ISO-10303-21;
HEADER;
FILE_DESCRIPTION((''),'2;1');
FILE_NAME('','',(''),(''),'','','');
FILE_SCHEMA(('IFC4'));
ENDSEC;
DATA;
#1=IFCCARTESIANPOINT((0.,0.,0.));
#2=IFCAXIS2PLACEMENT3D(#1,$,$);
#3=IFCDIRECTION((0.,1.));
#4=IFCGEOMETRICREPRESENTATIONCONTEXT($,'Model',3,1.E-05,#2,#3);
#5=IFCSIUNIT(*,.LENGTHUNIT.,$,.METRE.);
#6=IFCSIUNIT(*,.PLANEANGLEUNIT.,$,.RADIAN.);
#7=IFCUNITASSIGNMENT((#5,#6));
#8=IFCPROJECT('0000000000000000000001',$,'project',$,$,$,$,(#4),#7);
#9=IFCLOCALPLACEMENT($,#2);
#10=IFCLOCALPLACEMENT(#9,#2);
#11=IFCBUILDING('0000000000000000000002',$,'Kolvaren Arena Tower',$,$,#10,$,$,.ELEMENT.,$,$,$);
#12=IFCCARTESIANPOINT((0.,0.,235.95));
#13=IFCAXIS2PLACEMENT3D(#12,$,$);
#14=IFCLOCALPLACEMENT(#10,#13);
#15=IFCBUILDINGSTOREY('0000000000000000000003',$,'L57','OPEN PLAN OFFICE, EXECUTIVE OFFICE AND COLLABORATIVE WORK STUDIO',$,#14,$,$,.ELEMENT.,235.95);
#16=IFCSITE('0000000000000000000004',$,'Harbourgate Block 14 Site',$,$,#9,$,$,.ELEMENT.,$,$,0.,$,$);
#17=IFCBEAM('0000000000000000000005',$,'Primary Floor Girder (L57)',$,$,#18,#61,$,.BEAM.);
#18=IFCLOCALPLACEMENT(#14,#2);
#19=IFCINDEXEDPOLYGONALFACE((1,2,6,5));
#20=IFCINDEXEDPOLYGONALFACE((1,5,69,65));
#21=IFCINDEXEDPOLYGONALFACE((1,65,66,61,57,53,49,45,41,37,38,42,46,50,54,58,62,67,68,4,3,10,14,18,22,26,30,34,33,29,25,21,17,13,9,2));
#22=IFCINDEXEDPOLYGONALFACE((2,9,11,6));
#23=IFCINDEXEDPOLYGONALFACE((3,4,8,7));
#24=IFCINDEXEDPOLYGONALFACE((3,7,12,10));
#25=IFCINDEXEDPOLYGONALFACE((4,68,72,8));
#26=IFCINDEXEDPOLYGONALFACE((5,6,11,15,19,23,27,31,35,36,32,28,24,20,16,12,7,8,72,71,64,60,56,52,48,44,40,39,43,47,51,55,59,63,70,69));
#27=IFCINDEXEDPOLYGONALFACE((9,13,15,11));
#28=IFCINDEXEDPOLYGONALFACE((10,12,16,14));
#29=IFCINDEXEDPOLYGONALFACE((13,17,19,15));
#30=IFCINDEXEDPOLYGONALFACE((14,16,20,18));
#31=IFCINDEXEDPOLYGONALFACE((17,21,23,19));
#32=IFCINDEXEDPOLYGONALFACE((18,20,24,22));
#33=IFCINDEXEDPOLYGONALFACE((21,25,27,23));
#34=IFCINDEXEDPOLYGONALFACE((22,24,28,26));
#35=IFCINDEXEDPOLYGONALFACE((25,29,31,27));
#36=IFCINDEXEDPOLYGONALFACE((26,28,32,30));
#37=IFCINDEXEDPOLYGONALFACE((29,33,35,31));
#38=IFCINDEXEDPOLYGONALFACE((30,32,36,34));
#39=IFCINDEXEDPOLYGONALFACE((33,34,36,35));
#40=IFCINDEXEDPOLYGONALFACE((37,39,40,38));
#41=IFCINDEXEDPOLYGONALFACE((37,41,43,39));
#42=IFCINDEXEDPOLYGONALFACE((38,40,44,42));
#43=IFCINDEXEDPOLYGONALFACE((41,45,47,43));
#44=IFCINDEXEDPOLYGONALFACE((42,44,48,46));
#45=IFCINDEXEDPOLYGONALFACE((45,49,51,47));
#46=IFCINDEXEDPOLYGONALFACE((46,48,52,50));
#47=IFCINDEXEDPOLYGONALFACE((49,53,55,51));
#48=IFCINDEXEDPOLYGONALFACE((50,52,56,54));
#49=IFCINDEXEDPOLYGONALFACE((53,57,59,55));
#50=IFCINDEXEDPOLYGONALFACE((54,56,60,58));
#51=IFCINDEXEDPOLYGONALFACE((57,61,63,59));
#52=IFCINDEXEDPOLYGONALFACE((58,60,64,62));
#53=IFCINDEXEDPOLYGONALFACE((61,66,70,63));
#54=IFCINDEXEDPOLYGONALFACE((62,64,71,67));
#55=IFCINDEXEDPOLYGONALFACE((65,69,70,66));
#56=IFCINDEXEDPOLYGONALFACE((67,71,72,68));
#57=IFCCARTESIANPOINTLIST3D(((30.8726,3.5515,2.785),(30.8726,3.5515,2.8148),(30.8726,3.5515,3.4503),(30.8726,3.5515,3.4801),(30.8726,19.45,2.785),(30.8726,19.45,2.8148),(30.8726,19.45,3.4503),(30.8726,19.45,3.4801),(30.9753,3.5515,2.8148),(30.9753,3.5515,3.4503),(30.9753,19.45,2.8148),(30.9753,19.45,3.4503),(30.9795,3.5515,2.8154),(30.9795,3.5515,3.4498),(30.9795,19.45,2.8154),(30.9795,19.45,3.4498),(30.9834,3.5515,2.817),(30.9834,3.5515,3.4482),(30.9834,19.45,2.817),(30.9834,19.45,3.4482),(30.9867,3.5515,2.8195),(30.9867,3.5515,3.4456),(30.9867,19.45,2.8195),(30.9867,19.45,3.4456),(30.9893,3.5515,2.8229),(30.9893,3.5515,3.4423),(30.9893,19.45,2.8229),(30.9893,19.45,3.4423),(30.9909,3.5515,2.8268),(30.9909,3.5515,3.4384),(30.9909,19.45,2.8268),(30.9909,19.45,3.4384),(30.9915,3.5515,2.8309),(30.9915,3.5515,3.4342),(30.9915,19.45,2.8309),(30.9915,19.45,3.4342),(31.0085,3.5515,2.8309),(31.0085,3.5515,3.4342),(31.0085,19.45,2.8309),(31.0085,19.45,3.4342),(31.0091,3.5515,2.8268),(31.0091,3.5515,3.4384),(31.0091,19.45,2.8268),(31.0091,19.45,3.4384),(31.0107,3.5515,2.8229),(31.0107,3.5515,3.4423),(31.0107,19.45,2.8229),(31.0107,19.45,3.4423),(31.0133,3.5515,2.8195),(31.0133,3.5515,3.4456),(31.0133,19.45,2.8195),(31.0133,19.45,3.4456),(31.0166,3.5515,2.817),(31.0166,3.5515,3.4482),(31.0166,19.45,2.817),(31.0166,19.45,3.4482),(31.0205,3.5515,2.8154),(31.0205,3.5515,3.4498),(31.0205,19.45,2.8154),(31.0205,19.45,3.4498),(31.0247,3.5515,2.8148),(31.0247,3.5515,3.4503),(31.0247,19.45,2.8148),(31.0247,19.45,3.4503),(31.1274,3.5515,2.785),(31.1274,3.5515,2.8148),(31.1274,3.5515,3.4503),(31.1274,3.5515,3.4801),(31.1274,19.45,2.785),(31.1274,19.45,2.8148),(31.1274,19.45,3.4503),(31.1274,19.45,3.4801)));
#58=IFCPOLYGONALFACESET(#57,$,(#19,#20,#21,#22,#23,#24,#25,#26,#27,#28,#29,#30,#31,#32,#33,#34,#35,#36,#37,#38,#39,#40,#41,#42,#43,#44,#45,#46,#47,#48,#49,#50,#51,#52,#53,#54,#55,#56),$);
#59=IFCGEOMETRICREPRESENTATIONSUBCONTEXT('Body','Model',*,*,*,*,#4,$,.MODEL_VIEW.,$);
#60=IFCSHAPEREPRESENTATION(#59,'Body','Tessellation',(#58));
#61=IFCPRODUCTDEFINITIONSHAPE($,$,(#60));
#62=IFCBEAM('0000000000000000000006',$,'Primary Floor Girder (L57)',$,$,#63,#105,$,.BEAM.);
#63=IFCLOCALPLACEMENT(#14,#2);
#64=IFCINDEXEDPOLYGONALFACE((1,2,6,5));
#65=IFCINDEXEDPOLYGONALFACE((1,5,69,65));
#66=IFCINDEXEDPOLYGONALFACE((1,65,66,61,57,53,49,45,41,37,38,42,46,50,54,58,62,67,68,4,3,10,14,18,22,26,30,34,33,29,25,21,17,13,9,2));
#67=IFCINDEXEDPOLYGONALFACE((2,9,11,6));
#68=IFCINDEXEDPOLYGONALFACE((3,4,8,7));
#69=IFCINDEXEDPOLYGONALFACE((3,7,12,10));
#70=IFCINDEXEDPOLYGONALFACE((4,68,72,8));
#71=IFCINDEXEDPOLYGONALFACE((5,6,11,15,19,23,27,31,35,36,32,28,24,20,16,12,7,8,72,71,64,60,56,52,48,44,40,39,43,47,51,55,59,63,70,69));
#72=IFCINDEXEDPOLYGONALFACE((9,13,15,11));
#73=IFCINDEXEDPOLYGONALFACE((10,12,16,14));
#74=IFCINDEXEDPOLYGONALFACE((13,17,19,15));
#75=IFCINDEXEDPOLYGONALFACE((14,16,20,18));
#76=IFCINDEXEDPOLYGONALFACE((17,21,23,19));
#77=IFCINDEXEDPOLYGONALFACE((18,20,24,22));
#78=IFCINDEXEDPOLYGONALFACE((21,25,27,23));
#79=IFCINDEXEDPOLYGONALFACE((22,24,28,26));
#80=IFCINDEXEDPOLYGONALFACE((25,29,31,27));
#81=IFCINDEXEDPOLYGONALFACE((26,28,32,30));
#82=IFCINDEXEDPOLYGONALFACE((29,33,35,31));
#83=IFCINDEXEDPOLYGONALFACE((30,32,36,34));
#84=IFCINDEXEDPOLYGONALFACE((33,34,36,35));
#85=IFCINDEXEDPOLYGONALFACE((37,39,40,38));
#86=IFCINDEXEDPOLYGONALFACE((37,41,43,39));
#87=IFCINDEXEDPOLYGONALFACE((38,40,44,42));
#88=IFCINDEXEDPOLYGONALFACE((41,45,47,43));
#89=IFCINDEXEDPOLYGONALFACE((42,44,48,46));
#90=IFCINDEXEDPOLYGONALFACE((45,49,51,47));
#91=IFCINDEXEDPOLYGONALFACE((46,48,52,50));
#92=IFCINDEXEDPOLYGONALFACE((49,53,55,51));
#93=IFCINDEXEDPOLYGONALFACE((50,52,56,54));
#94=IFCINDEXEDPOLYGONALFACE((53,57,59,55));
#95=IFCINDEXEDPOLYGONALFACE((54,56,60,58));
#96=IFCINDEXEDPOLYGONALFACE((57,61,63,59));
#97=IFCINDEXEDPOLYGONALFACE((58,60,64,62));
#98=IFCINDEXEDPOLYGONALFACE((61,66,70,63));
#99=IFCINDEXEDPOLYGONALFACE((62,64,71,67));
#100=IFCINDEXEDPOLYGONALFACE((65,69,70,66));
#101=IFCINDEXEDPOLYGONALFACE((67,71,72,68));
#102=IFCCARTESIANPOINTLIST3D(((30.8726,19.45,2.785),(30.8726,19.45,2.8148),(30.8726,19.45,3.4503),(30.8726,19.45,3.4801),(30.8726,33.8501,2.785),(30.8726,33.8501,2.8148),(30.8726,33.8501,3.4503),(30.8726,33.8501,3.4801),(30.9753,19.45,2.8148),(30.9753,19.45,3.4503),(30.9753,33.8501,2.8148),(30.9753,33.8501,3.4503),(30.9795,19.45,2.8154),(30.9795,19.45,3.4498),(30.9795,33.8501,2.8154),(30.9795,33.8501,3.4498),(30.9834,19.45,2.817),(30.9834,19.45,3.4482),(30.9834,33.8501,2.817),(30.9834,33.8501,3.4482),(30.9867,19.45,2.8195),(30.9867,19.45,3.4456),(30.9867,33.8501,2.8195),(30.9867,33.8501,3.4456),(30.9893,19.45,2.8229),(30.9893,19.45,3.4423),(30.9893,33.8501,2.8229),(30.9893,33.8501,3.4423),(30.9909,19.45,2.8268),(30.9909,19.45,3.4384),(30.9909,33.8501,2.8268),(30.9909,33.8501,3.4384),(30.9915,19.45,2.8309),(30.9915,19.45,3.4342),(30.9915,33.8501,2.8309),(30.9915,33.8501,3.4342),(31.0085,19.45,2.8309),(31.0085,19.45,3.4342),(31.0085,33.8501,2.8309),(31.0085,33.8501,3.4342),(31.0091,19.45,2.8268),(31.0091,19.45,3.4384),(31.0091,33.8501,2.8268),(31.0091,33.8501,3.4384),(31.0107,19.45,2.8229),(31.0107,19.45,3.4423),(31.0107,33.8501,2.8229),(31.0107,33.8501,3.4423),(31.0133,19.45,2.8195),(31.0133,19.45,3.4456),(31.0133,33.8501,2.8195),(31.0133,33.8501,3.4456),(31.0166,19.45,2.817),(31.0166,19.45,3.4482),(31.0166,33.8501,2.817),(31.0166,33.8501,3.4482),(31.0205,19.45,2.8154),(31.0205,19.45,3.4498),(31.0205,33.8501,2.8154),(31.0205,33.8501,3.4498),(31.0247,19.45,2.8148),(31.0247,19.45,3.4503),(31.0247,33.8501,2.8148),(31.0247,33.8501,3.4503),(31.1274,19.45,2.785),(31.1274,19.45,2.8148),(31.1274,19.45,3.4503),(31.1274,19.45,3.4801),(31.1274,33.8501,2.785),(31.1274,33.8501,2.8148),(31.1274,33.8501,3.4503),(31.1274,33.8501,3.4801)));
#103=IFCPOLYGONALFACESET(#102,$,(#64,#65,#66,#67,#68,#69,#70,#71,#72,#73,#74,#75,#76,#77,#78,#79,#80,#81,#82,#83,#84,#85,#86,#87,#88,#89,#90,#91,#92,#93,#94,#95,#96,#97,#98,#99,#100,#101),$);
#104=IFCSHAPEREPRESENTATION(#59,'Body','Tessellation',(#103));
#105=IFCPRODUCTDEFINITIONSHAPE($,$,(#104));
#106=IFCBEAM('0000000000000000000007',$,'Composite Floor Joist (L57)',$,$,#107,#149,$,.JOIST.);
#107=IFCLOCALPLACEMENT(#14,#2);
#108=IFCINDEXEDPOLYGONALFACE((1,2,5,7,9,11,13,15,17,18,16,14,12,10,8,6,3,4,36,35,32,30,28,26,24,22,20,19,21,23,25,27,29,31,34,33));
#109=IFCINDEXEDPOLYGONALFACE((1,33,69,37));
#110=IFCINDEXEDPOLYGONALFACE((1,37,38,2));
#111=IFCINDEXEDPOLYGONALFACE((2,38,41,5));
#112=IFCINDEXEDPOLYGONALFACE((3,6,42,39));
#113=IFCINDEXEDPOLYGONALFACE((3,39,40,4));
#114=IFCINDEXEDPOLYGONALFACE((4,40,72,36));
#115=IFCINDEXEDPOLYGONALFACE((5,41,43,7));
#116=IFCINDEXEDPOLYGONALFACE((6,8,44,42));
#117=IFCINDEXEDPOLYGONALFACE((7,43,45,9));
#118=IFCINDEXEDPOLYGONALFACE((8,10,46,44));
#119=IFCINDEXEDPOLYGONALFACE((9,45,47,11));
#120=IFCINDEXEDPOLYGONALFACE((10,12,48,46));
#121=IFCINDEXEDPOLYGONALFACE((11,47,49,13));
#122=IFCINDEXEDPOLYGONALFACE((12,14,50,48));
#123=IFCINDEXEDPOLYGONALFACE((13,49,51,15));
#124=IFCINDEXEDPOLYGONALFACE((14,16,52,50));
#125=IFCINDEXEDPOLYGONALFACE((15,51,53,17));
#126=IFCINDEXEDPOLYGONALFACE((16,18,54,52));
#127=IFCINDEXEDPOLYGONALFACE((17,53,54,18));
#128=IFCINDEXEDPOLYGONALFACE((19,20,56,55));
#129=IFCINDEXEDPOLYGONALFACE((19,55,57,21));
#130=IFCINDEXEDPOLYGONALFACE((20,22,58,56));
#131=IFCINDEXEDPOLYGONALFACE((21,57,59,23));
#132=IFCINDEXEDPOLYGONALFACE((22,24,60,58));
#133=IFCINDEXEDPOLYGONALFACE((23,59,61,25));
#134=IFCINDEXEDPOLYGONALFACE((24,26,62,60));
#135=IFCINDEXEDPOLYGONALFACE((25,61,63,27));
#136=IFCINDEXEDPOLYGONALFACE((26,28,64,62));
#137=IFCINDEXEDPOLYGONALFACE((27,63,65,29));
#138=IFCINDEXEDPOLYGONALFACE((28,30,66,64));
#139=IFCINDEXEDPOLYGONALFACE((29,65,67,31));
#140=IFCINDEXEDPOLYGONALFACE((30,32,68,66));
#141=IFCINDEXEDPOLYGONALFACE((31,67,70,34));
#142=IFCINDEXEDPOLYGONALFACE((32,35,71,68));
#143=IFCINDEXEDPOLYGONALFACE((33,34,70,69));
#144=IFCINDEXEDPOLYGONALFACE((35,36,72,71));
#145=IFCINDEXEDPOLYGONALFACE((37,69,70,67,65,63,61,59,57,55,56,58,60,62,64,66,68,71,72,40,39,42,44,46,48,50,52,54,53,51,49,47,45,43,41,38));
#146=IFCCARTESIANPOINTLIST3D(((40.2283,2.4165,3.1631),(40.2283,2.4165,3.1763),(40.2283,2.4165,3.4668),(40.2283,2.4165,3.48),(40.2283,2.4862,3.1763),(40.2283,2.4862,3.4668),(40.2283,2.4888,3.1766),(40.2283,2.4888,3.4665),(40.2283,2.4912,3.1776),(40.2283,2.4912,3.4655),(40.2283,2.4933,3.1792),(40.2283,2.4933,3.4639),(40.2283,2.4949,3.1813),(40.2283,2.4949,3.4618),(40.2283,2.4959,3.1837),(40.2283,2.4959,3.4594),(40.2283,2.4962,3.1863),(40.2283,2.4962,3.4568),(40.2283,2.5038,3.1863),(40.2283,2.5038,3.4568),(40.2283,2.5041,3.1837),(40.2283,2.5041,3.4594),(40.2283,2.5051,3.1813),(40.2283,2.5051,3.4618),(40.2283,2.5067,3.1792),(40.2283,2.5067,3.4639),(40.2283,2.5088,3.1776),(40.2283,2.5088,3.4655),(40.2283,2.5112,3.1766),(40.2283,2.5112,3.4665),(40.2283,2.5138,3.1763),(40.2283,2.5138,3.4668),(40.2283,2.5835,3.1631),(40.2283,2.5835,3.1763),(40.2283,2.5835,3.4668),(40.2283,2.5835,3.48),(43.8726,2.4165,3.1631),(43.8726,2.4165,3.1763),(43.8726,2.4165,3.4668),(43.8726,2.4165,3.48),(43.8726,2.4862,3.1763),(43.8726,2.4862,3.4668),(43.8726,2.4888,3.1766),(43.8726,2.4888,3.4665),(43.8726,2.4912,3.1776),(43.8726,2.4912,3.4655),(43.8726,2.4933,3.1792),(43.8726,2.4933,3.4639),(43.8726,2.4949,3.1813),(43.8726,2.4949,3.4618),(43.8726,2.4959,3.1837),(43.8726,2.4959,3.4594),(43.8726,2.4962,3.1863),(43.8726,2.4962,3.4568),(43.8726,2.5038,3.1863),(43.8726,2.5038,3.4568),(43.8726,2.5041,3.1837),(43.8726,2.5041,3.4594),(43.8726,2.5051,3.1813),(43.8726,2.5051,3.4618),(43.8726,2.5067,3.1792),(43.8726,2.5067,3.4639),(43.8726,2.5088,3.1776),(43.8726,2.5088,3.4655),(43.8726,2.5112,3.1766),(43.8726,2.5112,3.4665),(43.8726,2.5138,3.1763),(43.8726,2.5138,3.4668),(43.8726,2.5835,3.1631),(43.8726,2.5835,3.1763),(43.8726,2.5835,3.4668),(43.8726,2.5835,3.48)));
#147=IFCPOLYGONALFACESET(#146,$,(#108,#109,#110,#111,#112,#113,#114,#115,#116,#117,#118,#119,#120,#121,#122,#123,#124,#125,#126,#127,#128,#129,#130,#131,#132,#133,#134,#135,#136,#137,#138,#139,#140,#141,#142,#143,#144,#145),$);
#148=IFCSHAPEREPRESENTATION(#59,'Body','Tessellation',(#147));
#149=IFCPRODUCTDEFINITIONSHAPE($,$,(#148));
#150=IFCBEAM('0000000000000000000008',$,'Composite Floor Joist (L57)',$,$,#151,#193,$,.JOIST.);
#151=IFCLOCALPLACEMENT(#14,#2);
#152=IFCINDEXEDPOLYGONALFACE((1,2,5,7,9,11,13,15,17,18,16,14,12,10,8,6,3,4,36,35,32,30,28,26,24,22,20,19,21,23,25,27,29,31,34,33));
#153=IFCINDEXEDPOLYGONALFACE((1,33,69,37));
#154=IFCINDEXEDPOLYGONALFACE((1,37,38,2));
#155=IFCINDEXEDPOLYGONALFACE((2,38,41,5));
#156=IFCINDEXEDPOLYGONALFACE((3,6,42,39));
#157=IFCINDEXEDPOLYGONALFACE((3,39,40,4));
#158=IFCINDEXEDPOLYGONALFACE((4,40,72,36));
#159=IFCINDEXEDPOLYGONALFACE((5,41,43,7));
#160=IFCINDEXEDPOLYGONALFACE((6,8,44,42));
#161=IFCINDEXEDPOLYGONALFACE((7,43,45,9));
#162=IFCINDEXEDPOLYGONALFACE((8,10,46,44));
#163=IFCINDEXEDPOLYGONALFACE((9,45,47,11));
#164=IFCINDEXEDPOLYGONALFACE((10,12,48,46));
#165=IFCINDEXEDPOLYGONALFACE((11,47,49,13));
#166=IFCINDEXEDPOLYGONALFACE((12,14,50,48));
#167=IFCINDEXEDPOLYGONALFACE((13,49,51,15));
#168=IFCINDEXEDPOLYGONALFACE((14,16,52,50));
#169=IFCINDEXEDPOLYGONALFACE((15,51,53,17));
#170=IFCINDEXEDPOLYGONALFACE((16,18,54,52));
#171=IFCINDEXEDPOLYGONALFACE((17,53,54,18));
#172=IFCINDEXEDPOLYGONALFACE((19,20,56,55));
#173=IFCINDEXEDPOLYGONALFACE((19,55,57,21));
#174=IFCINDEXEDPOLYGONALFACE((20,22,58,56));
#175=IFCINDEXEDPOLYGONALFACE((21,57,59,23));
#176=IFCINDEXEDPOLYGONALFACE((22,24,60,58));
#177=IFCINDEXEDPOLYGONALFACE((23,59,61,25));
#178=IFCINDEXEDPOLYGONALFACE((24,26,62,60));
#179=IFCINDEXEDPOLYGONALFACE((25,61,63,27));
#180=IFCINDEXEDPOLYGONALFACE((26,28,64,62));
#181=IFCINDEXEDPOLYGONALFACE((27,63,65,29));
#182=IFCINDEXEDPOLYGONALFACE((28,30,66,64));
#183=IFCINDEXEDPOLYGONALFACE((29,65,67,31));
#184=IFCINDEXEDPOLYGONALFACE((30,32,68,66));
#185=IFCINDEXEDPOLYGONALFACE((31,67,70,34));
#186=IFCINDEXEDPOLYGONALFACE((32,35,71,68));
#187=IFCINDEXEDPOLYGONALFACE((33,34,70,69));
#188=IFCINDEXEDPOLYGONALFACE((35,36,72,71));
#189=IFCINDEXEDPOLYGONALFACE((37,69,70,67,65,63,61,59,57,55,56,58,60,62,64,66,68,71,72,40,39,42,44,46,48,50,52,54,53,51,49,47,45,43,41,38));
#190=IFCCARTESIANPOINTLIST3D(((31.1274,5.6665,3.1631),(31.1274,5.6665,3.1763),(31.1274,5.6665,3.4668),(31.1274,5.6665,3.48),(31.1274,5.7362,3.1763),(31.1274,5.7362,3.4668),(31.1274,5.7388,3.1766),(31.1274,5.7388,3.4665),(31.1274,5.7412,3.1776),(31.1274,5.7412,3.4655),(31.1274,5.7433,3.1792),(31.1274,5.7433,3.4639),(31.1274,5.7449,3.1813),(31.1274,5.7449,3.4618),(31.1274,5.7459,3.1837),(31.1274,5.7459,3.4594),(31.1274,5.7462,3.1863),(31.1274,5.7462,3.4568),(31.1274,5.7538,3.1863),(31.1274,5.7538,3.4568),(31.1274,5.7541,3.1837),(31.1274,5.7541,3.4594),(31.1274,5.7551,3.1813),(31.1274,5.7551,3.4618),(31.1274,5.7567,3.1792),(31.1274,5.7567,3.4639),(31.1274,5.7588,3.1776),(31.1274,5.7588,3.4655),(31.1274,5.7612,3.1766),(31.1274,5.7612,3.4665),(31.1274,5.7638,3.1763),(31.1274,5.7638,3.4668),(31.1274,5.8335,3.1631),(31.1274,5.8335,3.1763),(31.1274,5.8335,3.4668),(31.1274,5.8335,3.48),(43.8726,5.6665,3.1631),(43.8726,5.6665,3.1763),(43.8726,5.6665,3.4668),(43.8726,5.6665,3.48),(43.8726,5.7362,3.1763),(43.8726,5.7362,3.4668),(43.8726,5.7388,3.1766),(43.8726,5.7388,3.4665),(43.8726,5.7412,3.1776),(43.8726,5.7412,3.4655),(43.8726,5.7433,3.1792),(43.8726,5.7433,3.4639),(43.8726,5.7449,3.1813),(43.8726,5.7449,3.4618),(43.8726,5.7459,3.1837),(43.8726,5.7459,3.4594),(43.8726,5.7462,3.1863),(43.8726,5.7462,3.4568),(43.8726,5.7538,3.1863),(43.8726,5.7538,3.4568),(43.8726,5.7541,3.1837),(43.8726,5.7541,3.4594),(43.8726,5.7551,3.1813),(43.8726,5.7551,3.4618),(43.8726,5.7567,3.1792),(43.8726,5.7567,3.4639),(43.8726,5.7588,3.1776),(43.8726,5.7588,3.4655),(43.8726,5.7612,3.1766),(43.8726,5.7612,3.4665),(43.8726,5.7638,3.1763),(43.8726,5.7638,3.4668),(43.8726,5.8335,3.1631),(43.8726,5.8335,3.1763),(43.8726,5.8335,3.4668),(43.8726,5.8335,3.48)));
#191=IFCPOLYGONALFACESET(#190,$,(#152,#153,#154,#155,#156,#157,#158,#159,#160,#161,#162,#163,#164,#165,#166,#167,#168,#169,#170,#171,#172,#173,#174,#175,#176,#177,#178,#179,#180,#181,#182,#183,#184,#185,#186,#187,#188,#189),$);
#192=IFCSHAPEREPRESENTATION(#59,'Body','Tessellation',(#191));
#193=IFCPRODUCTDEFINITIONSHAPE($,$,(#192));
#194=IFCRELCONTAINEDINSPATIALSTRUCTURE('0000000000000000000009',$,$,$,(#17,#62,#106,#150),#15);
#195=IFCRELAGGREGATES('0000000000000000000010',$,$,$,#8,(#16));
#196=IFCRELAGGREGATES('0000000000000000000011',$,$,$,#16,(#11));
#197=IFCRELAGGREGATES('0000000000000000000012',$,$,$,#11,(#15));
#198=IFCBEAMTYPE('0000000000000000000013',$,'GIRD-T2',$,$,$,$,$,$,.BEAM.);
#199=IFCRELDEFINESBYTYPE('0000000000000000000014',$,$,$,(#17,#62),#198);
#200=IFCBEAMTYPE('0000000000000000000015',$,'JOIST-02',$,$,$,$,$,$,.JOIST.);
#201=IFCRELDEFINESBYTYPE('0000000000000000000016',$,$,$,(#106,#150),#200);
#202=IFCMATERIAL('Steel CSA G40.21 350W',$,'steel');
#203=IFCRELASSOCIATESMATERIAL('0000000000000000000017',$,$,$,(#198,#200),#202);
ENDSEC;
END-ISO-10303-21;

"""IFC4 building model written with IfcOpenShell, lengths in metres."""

from ifc_helpers import new_model, si_unit, direction, frame, origin, origin_2d, place, context, subcontext, project, spatial, i_section, extrude, material, material_profile, profile_set, type_object, element, save


model = new_model("IFC4")

# Units and contexts
model_context = context("Model", 3, precision=1e-05, world=origin(), true_north=direction((0.0, 1.0)))
body_context = subcontext(model_context, "Body", "Model", "MODEL_VIEW")
ifc_project = project(units=[si_unit("LENGTHUNIT", "METRE"), si_unit("PLANEANGLEUNIT", "RADIAN")], contexts=[model_context])

# Site, building, storey
site_placement = place(None, origin())
site = spatial("IfcSite", under=ifc_project, at=site_placement, Name="Harbourgate Block 14 Site", CompositionType="ELEMENT", RefElevation=0.0)
building_placement = place(site_placement, origin())
building = spatial("IfcBuilding", under=site, at=building_placement, Name="Kolvaren Arena Tower", CompositionType="ELEMENT")
storey_placement = place(building_placement, frame((0.0, 0.0, 235.95)))
storey = spatial("IfcBuildingStorey", under=building, at=storey_placement, Name="L57", Description="OPEN PLAN OFFICE, EXECUTIVE OFFICE AND COLLABORATIVE WORK STUDIO", CompositionType="ELEMENT", Elevation=235.95)

# Beams
ifc_material_1 = material(Name="Steel CSA G40.21 350W", Category="steel")
ifc_material_profile_1 = material_profile(ifc_material_1, i_section(OverallWidth=0.2549, OverallDepth=0.6951, WebThickness=0.0171, FlangeThickness=0.0298, FilletRadius=0.0161, at=origin_2d()), Name="W690x217")
ifc_profile_set_1 = profile_set([ifc_material_profile_1], Name="Steel CSA G40.21 350W")
beam_type_1 = type_object("IfcBeamType", Name="GIRD-T2", PredefinedType="BEAM", material=ifc_profile_set_1)
beam_1_placement = place(storey_placement, frame((31.0, 3.5515, 3.1326), z_axis=(0.0, 1.0, 0.0), x_axis=(-1.0, 0.0, 0.0)))
element("IfcBeam", 1, at=beam_1_placement, inside=storey, type_object=beam_type_1, Name="Primary Floor Girder (L57)", PredefinedType="BEAM", context=body_context, shape_type="SweptSolid", body=[
    extrude(i_section(OverallWidth=0.2549, OverallDepth=0.6951, WebThickness=0.0171, FlangeThickness=0.0298, FilletRadius=0.0161, at=origin_2d()), origin(), (0.0, 0.0, 1.0), 15.8984),
])
beam_2_placement = place(storey_placement, frame((31.0, 19.45, 3.1326), z_axis=(0.0, 1.0, 0.0), x_axis=(-1.0, 0.0, 0.0)))
element("IfcBeam", 2, at=beam_2_placement, inside=storey, type_object=beam_type_1, Name="Primary Floor Girder (L57)", PredefinedType="BEAM", context=body_context, shape_type="SweptSolid", body=[
    extrude(i_section(OverallWidth=0.2549, OverallDepth=0.6951, WebThickness=0.0171, FlangeThickness=0.0298, FilletRadius=0.0161, at=origin_2d()), origin(), (0.0, 0.0, 1.0), 14.4001),
])
ifc_material_profile_2 = material_profile(ifc_material_1, i_section(OverallWidth=0.167, OverallDepth=0.3169, WebThickness=0.0076, FlangeThickness=0.0132, FilletRadius=0.01, at=origin_2d()), Name="W310x52")
ifc_profile_set_2 = profile_set([ifc_material_profile_2], Name="Steel CSA G40.21 350W")
beam_type_2 = type_object("IfcBeamType", Name="JOIST-02", PredefinedType="JOIST", material=ifc_profile_set_2)
beam_3_placement = place(storey_placement, frame((40.2283, 2.5, 3.3215), z_axis=(1.0, 0.0, 0.0), x_axis=(0.0, 1.0, 0.0)))
element("IfcBeam", 3, at=beam_3_placement, inside=storey, type_object=beam_type_2, Name="Composite Floor Joist (L57)", PredefinedType="JOIST", context=body_context, shape_type="SweptSolid", body=[
    extrude(i_section(OverallWidth=0.167, OverallDepth=0.3169, WebThickness=0.0076, FlangeThickness=0.0132, FilletRadius=0.01, at=origin_2d()), origin(), (0.0, 0.0, 1.0), 3.6443),
])
for number, where, z_axis, x_axis, name in (
    (4, (31.1274, 5.75, 3.3215), (1.0, 0.0, 0.0), (0.0, 1.0, 0.0), "Composite Floor Joist (L57)"),
):
    element("IfcBeam", number, at=place(storey_placement, frame(where, z_axis=z_axis, x_axis=x_axis)), inside=storey, type_object=beam_type_2, Name=name, PredefinedType="JOIST", context=body_context, shape_type="SweptSolid", body=[
        extrude(i_section(OverallWidth=0.167, OverallDepth=0.3169, WebThickness=0.0076, FlangeThickness=0.0132, FilletRadius=0.01, at=origin_2d()), origin(), (0.0, 0.0, 1.0), 12.7451),
    ])

save(model, "model.ifc")
